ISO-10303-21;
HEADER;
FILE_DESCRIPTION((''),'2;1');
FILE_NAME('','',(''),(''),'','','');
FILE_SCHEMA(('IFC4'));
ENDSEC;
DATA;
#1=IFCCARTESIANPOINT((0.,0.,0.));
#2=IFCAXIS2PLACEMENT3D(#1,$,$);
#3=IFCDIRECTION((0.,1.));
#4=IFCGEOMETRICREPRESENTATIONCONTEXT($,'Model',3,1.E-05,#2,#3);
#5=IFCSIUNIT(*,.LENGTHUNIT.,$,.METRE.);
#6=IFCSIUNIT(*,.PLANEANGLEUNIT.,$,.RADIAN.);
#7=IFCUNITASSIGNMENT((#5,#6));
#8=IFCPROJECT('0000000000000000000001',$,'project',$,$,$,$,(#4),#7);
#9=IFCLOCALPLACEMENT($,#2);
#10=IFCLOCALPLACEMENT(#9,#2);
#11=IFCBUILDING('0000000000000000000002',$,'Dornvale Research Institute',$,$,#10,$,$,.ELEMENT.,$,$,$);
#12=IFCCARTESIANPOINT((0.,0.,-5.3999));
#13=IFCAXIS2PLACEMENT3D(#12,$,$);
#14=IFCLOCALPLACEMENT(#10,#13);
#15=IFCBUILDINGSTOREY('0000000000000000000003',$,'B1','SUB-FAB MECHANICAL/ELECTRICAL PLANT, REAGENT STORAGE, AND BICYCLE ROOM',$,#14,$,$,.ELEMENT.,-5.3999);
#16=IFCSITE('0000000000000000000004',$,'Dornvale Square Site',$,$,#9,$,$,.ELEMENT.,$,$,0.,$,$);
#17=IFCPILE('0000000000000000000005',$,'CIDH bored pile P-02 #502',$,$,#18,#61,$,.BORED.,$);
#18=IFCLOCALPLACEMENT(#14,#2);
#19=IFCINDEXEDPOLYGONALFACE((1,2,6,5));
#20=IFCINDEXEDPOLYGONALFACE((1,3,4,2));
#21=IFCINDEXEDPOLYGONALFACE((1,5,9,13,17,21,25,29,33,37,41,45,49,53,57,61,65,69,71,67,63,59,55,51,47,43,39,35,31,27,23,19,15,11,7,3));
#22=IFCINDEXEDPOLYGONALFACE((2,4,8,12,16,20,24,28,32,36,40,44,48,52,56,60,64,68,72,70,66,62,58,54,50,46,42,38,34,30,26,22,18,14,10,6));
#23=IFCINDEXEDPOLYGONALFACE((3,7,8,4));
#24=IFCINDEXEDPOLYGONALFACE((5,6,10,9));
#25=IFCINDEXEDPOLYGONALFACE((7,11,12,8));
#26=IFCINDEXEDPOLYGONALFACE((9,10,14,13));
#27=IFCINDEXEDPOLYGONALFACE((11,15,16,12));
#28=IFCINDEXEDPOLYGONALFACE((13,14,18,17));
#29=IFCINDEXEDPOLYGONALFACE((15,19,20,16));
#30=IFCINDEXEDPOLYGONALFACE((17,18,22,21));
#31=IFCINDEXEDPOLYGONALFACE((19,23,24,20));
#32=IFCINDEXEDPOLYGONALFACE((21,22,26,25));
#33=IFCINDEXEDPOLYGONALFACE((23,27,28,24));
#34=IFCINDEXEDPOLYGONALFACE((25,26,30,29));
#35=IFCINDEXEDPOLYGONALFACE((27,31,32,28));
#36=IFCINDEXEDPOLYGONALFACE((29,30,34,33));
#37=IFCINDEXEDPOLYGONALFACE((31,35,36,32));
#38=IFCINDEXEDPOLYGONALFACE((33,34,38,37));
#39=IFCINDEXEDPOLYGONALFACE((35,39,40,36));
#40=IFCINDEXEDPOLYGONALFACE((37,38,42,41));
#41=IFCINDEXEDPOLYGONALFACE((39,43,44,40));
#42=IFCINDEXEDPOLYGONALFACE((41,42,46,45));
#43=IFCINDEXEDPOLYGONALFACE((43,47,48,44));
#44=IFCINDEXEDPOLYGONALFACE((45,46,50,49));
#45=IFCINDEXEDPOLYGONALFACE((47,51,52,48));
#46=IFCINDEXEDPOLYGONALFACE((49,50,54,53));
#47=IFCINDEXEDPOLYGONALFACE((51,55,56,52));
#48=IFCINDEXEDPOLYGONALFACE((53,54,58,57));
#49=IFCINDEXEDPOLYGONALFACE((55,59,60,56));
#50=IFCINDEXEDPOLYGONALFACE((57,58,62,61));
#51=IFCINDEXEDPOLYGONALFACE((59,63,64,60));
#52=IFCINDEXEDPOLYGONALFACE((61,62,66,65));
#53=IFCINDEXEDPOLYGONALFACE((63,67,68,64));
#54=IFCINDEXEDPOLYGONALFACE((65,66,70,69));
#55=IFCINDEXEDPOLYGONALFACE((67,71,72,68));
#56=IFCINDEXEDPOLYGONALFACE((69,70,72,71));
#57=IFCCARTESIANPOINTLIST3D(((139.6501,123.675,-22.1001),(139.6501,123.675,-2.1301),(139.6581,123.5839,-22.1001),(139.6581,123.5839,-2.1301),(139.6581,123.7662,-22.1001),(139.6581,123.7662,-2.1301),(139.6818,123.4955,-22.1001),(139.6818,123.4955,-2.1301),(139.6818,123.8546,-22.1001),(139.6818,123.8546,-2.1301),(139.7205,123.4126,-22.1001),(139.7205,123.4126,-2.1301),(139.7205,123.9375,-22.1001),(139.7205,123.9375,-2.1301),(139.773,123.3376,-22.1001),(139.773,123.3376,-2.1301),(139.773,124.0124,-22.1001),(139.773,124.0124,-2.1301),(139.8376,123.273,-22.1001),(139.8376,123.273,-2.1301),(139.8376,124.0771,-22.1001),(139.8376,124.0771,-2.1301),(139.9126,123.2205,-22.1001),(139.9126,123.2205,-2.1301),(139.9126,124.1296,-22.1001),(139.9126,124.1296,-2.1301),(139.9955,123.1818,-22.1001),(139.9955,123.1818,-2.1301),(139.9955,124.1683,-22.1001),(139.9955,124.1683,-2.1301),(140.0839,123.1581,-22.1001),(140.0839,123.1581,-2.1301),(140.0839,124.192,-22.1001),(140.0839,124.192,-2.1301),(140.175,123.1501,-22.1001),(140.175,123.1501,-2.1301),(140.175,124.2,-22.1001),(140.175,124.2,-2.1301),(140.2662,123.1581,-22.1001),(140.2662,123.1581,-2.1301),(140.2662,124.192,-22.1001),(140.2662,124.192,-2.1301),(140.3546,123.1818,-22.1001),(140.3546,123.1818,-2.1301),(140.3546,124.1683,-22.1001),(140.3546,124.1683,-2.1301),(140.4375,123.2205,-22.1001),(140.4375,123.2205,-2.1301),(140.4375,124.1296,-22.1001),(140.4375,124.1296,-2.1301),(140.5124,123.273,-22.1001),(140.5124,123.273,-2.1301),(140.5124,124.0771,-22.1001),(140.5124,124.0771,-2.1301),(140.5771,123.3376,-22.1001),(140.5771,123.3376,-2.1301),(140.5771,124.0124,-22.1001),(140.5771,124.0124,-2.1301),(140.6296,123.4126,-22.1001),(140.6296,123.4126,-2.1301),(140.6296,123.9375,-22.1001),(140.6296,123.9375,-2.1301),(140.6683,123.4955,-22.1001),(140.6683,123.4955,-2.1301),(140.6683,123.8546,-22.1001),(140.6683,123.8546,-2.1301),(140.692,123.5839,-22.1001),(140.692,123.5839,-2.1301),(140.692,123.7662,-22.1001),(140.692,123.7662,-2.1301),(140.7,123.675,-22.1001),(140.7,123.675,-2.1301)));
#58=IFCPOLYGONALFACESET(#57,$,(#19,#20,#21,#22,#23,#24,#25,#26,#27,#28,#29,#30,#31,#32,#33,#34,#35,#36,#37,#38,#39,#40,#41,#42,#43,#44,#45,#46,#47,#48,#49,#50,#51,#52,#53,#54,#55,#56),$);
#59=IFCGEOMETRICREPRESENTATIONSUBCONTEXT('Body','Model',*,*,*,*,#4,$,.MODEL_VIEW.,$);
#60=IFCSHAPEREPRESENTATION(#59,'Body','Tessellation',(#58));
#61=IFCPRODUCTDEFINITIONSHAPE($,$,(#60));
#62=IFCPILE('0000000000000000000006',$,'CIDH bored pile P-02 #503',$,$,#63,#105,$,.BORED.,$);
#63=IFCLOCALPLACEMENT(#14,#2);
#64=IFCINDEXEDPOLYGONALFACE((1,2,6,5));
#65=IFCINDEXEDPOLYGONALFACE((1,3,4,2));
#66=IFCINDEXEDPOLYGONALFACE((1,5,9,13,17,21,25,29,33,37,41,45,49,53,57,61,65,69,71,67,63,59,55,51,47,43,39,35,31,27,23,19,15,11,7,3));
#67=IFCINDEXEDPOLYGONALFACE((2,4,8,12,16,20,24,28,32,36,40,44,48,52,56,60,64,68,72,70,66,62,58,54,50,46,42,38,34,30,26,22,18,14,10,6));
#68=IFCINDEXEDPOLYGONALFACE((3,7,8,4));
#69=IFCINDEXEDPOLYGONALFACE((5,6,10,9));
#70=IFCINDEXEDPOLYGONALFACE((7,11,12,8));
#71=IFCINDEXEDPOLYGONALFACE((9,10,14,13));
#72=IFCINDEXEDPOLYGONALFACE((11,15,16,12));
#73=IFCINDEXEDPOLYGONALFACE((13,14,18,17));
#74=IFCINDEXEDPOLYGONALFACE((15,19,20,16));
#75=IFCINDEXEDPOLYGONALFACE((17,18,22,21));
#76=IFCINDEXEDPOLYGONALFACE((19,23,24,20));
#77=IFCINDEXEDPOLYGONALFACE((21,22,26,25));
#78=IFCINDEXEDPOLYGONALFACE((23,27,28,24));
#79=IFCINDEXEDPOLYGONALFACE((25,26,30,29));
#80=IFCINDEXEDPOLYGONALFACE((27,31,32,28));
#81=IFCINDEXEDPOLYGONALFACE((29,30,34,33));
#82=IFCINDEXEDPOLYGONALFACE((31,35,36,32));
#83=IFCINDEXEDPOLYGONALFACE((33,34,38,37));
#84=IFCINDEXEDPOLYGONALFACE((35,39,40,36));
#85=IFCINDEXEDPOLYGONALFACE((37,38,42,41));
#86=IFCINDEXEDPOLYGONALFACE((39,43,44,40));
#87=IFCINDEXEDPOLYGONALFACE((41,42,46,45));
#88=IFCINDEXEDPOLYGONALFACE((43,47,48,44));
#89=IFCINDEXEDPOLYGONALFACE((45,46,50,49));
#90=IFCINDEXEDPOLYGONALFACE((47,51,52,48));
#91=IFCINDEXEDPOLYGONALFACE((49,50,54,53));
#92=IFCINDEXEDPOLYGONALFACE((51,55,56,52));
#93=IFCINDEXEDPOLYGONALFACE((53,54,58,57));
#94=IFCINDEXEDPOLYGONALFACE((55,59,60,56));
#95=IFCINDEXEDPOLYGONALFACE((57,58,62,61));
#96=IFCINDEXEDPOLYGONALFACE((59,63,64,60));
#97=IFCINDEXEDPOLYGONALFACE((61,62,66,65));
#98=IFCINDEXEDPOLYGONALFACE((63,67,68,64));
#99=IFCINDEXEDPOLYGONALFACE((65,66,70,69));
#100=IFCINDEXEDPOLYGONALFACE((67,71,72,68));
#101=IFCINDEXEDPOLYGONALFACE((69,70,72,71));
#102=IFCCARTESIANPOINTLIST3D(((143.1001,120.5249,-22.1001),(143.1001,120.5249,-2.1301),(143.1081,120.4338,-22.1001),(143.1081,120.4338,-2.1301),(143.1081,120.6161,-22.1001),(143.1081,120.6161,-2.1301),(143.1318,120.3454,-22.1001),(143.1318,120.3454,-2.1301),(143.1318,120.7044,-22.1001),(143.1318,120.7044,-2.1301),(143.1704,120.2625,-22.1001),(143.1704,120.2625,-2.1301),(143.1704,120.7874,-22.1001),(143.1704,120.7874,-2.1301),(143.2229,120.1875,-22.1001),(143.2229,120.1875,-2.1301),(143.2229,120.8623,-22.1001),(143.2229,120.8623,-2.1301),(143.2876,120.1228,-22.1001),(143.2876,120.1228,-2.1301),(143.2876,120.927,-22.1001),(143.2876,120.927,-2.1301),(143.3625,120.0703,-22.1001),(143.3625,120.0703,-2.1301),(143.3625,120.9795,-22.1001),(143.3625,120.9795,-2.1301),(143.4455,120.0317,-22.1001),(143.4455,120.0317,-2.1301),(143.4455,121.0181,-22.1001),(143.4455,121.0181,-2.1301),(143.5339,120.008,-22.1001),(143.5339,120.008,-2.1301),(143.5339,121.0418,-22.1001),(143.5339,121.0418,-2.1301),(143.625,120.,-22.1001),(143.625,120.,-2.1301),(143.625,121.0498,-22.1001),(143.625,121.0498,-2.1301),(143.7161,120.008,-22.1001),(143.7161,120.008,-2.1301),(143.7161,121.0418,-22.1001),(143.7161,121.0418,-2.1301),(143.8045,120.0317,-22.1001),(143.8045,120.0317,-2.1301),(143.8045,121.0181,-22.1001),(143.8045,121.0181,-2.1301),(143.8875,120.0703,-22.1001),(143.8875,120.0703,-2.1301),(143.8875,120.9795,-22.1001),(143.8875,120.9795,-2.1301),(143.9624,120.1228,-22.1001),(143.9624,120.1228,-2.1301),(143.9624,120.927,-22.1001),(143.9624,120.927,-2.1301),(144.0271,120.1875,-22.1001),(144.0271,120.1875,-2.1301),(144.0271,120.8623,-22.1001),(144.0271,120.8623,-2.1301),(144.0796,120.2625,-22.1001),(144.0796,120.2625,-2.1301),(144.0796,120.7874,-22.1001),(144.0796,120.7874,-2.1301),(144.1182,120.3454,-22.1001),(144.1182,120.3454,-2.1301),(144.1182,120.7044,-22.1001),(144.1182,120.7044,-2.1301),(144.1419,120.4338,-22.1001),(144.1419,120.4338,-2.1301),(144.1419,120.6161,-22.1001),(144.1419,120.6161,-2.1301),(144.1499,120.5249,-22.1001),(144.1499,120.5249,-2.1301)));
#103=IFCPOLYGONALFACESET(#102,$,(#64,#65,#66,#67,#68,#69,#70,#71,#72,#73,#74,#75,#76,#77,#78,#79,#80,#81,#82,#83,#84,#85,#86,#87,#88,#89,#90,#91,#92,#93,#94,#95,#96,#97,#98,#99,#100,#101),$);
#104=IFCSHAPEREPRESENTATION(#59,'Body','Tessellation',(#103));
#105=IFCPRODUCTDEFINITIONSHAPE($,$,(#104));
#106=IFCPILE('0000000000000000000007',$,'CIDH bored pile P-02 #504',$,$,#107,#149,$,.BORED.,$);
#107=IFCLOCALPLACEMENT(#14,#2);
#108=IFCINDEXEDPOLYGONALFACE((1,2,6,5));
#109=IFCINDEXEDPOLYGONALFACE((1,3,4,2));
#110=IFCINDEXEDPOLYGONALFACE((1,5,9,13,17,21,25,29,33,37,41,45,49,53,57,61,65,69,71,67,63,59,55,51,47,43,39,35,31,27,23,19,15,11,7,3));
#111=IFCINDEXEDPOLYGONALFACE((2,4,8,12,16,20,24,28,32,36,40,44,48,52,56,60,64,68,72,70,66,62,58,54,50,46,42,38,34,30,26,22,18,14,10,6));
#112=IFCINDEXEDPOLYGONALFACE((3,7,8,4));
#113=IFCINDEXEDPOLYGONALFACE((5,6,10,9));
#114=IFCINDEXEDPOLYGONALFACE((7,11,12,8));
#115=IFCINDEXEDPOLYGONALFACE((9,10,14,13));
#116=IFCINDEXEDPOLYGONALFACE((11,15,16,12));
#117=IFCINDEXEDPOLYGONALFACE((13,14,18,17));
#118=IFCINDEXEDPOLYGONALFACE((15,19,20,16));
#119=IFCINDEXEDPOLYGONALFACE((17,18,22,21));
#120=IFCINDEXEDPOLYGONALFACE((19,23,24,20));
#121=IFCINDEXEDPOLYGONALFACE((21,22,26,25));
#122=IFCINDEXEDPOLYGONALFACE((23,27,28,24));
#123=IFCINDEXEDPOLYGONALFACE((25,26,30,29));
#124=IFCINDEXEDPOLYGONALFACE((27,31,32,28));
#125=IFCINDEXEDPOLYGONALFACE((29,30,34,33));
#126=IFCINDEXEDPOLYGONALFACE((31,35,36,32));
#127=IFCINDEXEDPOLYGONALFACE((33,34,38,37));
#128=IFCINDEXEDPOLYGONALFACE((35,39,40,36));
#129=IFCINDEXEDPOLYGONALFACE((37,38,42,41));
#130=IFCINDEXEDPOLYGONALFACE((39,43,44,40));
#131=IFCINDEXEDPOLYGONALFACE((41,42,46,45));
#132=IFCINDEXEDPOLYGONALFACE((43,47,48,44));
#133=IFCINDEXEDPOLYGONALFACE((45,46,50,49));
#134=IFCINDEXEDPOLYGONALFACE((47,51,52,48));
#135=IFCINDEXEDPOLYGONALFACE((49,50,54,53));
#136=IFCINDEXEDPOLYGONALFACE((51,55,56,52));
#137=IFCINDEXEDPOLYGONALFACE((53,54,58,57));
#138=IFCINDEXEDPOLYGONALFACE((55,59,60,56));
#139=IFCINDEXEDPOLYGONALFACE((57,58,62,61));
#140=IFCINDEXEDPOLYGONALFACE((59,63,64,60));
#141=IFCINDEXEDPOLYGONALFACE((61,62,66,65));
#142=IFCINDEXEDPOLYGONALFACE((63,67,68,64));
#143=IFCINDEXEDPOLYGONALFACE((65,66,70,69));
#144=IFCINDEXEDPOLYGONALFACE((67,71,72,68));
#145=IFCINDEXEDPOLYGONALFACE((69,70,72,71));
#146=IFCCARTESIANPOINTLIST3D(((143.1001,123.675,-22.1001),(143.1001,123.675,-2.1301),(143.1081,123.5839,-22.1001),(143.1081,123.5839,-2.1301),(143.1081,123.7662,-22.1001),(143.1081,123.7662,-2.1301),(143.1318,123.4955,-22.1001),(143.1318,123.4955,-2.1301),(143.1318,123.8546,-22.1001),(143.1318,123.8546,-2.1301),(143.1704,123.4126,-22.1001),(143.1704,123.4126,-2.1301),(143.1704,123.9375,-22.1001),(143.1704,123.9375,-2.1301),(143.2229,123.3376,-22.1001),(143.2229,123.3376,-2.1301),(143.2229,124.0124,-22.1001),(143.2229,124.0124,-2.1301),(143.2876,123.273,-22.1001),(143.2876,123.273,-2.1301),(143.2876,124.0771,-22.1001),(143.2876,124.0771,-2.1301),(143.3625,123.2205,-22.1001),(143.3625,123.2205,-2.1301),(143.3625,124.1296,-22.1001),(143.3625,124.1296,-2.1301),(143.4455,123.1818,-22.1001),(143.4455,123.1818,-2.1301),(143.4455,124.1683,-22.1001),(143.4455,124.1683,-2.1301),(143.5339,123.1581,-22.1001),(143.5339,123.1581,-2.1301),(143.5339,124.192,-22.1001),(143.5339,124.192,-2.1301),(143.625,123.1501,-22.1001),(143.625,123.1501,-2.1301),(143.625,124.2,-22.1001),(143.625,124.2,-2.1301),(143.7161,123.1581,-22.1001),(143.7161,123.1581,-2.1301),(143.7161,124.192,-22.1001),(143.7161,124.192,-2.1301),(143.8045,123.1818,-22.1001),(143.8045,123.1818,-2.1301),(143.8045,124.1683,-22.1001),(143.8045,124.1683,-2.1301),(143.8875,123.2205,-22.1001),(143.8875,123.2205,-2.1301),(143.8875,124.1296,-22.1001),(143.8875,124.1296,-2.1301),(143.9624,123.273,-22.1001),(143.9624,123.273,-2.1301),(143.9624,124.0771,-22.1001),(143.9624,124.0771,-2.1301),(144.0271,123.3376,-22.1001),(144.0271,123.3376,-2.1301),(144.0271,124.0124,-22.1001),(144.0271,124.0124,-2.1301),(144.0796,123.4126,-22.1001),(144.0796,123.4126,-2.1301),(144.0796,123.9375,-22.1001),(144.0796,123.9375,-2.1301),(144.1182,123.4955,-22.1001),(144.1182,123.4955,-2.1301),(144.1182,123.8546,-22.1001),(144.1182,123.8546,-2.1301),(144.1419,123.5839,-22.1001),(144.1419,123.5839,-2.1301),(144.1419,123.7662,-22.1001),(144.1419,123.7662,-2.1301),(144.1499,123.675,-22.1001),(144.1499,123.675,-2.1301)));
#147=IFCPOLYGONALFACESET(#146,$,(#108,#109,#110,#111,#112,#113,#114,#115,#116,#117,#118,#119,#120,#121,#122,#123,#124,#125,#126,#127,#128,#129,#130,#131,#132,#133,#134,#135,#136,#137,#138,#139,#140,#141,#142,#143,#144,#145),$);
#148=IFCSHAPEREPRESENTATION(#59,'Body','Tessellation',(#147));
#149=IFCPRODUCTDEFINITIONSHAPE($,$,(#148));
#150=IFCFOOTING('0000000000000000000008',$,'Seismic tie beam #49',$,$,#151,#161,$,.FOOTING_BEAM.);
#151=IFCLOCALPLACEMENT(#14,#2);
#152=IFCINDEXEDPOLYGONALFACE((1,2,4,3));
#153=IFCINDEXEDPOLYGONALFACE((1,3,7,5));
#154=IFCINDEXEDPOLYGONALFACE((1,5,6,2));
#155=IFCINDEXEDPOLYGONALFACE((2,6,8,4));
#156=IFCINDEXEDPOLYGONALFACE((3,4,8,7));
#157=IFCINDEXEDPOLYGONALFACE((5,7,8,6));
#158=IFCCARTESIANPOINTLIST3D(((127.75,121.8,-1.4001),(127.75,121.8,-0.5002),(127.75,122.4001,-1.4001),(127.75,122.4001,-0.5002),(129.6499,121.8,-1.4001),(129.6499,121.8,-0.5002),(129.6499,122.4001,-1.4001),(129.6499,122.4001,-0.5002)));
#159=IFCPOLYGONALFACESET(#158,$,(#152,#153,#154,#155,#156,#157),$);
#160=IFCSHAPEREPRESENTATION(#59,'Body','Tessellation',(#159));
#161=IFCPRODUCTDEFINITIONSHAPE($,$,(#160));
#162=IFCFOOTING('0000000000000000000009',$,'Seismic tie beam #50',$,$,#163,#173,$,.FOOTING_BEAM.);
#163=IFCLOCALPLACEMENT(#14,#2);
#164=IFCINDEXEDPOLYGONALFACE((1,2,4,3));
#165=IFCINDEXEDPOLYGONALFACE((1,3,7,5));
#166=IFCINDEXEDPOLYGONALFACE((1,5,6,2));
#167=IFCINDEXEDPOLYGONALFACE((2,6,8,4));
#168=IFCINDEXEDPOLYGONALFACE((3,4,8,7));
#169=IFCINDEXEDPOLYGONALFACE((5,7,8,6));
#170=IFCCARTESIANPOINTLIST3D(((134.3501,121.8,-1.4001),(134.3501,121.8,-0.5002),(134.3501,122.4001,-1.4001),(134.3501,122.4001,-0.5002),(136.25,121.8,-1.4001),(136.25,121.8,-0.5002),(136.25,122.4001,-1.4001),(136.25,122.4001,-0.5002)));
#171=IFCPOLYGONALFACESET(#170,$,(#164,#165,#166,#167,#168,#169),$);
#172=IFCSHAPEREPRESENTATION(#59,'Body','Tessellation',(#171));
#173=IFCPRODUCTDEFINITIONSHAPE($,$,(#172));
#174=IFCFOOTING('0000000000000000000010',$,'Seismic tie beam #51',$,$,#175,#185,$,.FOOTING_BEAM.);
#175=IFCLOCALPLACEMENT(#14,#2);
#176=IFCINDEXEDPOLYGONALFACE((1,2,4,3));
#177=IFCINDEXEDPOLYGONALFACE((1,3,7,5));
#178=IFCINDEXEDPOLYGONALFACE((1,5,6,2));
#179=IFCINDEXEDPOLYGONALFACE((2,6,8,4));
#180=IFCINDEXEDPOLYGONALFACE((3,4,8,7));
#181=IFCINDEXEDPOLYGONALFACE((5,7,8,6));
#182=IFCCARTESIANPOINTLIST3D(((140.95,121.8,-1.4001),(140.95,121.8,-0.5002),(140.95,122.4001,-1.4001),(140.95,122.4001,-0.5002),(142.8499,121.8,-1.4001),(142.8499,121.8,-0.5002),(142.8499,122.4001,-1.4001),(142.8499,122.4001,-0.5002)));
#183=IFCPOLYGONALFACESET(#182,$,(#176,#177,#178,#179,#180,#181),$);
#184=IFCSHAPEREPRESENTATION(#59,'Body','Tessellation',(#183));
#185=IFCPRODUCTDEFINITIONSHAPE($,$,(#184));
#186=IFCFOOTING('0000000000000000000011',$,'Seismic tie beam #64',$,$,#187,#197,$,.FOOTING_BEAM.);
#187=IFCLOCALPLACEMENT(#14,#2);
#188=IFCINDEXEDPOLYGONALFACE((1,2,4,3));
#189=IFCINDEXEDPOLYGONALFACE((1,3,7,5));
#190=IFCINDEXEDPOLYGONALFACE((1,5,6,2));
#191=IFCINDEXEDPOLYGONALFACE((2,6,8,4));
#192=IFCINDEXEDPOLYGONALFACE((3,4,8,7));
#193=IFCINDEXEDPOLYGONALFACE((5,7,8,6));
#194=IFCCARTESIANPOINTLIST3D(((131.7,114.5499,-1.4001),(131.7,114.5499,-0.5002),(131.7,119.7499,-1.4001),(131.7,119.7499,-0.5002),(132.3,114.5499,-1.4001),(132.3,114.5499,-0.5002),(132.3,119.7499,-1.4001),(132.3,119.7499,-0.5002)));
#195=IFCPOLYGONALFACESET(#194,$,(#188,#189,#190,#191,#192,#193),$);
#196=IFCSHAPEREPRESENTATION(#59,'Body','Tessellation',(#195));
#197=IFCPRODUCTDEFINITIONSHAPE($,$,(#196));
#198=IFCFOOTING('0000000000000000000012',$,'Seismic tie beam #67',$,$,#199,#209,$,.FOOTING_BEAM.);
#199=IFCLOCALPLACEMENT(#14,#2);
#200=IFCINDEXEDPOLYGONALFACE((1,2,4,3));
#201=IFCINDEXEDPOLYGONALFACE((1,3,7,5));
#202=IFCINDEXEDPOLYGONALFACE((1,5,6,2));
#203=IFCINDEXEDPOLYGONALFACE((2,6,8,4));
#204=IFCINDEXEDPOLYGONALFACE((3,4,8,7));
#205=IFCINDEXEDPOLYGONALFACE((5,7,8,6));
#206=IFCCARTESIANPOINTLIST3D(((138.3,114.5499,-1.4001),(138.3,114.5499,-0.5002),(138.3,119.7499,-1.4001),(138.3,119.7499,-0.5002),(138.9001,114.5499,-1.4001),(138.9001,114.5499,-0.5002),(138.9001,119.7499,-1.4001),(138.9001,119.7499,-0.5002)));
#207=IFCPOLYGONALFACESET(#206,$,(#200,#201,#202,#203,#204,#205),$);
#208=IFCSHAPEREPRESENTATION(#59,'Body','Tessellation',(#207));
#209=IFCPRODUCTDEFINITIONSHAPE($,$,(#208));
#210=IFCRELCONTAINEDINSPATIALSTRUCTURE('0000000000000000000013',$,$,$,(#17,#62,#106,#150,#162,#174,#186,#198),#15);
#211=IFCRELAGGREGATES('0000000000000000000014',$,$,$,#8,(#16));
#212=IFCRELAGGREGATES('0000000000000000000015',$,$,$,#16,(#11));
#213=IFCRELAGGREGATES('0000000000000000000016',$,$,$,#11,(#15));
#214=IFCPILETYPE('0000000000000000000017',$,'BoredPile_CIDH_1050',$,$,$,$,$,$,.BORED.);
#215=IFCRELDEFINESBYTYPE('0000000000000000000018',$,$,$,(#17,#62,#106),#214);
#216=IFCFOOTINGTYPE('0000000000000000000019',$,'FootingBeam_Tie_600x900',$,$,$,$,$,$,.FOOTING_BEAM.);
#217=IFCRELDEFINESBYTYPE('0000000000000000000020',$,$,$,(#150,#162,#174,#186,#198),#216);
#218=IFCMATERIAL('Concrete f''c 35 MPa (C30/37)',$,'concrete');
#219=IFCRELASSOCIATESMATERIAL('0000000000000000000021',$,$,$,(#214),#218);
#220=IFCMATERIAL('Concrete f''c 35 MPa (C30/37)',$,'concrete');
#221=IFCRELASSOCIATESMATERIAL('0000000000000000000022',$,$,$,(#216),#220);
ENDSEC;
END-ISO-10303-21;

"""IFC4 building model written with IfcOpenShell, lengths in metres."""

from ifc_helpers import new_model, si_unit, direction, frame, origin, origin_2d, place, context, subcontext, project, spatial, rectangle, circle, extrude, material, material_profile, profile_set, type_object, element, save


model = new_model("IFC4")

# Units and contexts
model_context = context("Model", 3, precision=1e-05, world=origin(), true_north=direction((0.0, 1.0)))
body_context = subcontext(model_context, "Body", "Model", "MODEL_VIEW")
ifc_project = project(units=[si_unit("LENGTHUNIT", "METRE"), si_unit("PLANEANGLEUNIT", "RADIAN")], contexts=[model_context])

# Site, building, storey
site_placement = place(None, origin())
site = spatial("IfcSite", under=ifc_project, at=site_placement, Name="Dornvale Square Site", CompositionType="ELEMENT", RefElevation=0.0)
building_placement = place(site_placement, origin())
building = spatial("IfcBuilding", under=site, at=building_placement, Name="Dornvale Research Institute", CompositionType="ELEMENT")
storey_placement = place(building_placement, frame((0.0, 0.0, -5.3999)))
storey = spatial("IfcBuildingStorey", under=building, at=storey_placement, Name="B1", Description="SUB-FAB MECHANICAL/ELECTRICAL PLANT, REAGENT STORAGE, AND BICYCLE ROOM", CompositionType="ELEMENT", Elevation=-5.3999)

# Piles
ifc_material_1 = material(Name="Concrete f'c 35 MPa (C30/37)", Category="concrete")
ifc_material_profile_1 = material_profile(ifc_material_1, circle(Radius=0.5249, at=origin_2d()), Name="CIDH PILE D1050")
ifc_profile_set_1 = profile_set([ifc_material_profile_1], Name="Concrete f'c 35 MPa (C30/37)")
pile_type = type_object("IfcPileType", Name="BoredPile_CIDH_1050", PredefinedType="BORED", material=ifc_profile_set_1)
for number, where, z_axis, x_axis, name in (
    (1, (140.175, 123.675, -2.1301), (0.0, 0.0, -1.0), (1.0, 0.0, 0.0), "CIDH bored pile P-02 #502"),
    (2, (143.625, 120.5249, -2.1301), (0.0, 0.0, -1.0), (1.0, 0.0, 0.0), "CIDH bored pile P-02 #503"),
    (3, (143.625, 123.675, -2.1301), (0.0, 0.0, -1.0), (1.0, 0.0, 0.0), "CIDH bored pile P-02 #504"),
):
    element("IfcPile", number, at=place(storey_placement, frame(where, z_axis=z_axis, x_axis=x_axis)), inside=storey, type_object=pile_type, Name=name, PredefinedType="BORED", context=body_context, shape_type="SweptSolid", body=[
        extrude(circle(Radius=0.5249, at=origin_2d()), origin(), (0.0, 0.0, 1.0), 19.97),
    ])

# Footings
ifc_material_2 = material(Name="Concrete f'c 35 MPa (C30/37)", Category="concrete")
footing_type_1 = type_object("IfcFootingType", Name="FootingBeam_Tie_600x900", PredefinedType="FOOTING_BEAM", material=ifc_material_2)
for number, where, z_axis, x_axis, name in (
    (4, (128.7, 122.1001, -1.4001), (0.0, 0.0, 1.0), (1.0, 0.0, 0.0), "Seismic tie beam #49"),
    (5, (135.3, 122.1001, -1.4001), (0.0, 0.0, 1.0), (1.0, 0.0, 0.0), "Seismic tie beam #50"),
    (6, (141.8999, 122.1001, -1.4001), (0.0, 0.0, 1.0), (1.0, 0.0, 0.0), "Seismic tie beam #51"),
):
    element("IfcFooting", number, at=place(storey_placement, frame(where, z_axis=z_axis, x_axis=x_axis)), inside=storey, type_object=footing_type_1, Name=name, PredefinedType="FOOTING_BEAM", context=body_context, shape_type="SweptSolid", body=[
        extrude(rectangle(XDim=1.8999, YDim=0.6001, at=origin_2d()), origin(), (0.0, 0.0, 1.0), 0.8999),
    ])
for number, where, z_axis, x_axis, name in (
    (7, (132.0, 117.1499, -1.4001), (0.0, 0.0, 1.0), (0.0, 1.0, 0.0), "Seismic tie beam #64"),
    (8, (138.6001, 117.1499, -1.4001), (0.0, 0.0, 1.0), (0.0, 1.0, 0.0), "Seismic tie beam #67"),
):
    element("IfcFooting", number, at=place(storey_placement, frame(where, z_axis=z_axis, x_axis=x_axis)), inside=storey, type_object=footing_type_1, Name=name, PredefinedType="FOOTING_BEAM", context=body_context, shape_type="SweptSolid", body=[
        extrude(rectangle(XDim=5.2, YDim=0.6001, at=origin_2d()), origin(), (0.0, 0.0, 1.0), 0.8999),
    ])

save(model, "model.ifc")
